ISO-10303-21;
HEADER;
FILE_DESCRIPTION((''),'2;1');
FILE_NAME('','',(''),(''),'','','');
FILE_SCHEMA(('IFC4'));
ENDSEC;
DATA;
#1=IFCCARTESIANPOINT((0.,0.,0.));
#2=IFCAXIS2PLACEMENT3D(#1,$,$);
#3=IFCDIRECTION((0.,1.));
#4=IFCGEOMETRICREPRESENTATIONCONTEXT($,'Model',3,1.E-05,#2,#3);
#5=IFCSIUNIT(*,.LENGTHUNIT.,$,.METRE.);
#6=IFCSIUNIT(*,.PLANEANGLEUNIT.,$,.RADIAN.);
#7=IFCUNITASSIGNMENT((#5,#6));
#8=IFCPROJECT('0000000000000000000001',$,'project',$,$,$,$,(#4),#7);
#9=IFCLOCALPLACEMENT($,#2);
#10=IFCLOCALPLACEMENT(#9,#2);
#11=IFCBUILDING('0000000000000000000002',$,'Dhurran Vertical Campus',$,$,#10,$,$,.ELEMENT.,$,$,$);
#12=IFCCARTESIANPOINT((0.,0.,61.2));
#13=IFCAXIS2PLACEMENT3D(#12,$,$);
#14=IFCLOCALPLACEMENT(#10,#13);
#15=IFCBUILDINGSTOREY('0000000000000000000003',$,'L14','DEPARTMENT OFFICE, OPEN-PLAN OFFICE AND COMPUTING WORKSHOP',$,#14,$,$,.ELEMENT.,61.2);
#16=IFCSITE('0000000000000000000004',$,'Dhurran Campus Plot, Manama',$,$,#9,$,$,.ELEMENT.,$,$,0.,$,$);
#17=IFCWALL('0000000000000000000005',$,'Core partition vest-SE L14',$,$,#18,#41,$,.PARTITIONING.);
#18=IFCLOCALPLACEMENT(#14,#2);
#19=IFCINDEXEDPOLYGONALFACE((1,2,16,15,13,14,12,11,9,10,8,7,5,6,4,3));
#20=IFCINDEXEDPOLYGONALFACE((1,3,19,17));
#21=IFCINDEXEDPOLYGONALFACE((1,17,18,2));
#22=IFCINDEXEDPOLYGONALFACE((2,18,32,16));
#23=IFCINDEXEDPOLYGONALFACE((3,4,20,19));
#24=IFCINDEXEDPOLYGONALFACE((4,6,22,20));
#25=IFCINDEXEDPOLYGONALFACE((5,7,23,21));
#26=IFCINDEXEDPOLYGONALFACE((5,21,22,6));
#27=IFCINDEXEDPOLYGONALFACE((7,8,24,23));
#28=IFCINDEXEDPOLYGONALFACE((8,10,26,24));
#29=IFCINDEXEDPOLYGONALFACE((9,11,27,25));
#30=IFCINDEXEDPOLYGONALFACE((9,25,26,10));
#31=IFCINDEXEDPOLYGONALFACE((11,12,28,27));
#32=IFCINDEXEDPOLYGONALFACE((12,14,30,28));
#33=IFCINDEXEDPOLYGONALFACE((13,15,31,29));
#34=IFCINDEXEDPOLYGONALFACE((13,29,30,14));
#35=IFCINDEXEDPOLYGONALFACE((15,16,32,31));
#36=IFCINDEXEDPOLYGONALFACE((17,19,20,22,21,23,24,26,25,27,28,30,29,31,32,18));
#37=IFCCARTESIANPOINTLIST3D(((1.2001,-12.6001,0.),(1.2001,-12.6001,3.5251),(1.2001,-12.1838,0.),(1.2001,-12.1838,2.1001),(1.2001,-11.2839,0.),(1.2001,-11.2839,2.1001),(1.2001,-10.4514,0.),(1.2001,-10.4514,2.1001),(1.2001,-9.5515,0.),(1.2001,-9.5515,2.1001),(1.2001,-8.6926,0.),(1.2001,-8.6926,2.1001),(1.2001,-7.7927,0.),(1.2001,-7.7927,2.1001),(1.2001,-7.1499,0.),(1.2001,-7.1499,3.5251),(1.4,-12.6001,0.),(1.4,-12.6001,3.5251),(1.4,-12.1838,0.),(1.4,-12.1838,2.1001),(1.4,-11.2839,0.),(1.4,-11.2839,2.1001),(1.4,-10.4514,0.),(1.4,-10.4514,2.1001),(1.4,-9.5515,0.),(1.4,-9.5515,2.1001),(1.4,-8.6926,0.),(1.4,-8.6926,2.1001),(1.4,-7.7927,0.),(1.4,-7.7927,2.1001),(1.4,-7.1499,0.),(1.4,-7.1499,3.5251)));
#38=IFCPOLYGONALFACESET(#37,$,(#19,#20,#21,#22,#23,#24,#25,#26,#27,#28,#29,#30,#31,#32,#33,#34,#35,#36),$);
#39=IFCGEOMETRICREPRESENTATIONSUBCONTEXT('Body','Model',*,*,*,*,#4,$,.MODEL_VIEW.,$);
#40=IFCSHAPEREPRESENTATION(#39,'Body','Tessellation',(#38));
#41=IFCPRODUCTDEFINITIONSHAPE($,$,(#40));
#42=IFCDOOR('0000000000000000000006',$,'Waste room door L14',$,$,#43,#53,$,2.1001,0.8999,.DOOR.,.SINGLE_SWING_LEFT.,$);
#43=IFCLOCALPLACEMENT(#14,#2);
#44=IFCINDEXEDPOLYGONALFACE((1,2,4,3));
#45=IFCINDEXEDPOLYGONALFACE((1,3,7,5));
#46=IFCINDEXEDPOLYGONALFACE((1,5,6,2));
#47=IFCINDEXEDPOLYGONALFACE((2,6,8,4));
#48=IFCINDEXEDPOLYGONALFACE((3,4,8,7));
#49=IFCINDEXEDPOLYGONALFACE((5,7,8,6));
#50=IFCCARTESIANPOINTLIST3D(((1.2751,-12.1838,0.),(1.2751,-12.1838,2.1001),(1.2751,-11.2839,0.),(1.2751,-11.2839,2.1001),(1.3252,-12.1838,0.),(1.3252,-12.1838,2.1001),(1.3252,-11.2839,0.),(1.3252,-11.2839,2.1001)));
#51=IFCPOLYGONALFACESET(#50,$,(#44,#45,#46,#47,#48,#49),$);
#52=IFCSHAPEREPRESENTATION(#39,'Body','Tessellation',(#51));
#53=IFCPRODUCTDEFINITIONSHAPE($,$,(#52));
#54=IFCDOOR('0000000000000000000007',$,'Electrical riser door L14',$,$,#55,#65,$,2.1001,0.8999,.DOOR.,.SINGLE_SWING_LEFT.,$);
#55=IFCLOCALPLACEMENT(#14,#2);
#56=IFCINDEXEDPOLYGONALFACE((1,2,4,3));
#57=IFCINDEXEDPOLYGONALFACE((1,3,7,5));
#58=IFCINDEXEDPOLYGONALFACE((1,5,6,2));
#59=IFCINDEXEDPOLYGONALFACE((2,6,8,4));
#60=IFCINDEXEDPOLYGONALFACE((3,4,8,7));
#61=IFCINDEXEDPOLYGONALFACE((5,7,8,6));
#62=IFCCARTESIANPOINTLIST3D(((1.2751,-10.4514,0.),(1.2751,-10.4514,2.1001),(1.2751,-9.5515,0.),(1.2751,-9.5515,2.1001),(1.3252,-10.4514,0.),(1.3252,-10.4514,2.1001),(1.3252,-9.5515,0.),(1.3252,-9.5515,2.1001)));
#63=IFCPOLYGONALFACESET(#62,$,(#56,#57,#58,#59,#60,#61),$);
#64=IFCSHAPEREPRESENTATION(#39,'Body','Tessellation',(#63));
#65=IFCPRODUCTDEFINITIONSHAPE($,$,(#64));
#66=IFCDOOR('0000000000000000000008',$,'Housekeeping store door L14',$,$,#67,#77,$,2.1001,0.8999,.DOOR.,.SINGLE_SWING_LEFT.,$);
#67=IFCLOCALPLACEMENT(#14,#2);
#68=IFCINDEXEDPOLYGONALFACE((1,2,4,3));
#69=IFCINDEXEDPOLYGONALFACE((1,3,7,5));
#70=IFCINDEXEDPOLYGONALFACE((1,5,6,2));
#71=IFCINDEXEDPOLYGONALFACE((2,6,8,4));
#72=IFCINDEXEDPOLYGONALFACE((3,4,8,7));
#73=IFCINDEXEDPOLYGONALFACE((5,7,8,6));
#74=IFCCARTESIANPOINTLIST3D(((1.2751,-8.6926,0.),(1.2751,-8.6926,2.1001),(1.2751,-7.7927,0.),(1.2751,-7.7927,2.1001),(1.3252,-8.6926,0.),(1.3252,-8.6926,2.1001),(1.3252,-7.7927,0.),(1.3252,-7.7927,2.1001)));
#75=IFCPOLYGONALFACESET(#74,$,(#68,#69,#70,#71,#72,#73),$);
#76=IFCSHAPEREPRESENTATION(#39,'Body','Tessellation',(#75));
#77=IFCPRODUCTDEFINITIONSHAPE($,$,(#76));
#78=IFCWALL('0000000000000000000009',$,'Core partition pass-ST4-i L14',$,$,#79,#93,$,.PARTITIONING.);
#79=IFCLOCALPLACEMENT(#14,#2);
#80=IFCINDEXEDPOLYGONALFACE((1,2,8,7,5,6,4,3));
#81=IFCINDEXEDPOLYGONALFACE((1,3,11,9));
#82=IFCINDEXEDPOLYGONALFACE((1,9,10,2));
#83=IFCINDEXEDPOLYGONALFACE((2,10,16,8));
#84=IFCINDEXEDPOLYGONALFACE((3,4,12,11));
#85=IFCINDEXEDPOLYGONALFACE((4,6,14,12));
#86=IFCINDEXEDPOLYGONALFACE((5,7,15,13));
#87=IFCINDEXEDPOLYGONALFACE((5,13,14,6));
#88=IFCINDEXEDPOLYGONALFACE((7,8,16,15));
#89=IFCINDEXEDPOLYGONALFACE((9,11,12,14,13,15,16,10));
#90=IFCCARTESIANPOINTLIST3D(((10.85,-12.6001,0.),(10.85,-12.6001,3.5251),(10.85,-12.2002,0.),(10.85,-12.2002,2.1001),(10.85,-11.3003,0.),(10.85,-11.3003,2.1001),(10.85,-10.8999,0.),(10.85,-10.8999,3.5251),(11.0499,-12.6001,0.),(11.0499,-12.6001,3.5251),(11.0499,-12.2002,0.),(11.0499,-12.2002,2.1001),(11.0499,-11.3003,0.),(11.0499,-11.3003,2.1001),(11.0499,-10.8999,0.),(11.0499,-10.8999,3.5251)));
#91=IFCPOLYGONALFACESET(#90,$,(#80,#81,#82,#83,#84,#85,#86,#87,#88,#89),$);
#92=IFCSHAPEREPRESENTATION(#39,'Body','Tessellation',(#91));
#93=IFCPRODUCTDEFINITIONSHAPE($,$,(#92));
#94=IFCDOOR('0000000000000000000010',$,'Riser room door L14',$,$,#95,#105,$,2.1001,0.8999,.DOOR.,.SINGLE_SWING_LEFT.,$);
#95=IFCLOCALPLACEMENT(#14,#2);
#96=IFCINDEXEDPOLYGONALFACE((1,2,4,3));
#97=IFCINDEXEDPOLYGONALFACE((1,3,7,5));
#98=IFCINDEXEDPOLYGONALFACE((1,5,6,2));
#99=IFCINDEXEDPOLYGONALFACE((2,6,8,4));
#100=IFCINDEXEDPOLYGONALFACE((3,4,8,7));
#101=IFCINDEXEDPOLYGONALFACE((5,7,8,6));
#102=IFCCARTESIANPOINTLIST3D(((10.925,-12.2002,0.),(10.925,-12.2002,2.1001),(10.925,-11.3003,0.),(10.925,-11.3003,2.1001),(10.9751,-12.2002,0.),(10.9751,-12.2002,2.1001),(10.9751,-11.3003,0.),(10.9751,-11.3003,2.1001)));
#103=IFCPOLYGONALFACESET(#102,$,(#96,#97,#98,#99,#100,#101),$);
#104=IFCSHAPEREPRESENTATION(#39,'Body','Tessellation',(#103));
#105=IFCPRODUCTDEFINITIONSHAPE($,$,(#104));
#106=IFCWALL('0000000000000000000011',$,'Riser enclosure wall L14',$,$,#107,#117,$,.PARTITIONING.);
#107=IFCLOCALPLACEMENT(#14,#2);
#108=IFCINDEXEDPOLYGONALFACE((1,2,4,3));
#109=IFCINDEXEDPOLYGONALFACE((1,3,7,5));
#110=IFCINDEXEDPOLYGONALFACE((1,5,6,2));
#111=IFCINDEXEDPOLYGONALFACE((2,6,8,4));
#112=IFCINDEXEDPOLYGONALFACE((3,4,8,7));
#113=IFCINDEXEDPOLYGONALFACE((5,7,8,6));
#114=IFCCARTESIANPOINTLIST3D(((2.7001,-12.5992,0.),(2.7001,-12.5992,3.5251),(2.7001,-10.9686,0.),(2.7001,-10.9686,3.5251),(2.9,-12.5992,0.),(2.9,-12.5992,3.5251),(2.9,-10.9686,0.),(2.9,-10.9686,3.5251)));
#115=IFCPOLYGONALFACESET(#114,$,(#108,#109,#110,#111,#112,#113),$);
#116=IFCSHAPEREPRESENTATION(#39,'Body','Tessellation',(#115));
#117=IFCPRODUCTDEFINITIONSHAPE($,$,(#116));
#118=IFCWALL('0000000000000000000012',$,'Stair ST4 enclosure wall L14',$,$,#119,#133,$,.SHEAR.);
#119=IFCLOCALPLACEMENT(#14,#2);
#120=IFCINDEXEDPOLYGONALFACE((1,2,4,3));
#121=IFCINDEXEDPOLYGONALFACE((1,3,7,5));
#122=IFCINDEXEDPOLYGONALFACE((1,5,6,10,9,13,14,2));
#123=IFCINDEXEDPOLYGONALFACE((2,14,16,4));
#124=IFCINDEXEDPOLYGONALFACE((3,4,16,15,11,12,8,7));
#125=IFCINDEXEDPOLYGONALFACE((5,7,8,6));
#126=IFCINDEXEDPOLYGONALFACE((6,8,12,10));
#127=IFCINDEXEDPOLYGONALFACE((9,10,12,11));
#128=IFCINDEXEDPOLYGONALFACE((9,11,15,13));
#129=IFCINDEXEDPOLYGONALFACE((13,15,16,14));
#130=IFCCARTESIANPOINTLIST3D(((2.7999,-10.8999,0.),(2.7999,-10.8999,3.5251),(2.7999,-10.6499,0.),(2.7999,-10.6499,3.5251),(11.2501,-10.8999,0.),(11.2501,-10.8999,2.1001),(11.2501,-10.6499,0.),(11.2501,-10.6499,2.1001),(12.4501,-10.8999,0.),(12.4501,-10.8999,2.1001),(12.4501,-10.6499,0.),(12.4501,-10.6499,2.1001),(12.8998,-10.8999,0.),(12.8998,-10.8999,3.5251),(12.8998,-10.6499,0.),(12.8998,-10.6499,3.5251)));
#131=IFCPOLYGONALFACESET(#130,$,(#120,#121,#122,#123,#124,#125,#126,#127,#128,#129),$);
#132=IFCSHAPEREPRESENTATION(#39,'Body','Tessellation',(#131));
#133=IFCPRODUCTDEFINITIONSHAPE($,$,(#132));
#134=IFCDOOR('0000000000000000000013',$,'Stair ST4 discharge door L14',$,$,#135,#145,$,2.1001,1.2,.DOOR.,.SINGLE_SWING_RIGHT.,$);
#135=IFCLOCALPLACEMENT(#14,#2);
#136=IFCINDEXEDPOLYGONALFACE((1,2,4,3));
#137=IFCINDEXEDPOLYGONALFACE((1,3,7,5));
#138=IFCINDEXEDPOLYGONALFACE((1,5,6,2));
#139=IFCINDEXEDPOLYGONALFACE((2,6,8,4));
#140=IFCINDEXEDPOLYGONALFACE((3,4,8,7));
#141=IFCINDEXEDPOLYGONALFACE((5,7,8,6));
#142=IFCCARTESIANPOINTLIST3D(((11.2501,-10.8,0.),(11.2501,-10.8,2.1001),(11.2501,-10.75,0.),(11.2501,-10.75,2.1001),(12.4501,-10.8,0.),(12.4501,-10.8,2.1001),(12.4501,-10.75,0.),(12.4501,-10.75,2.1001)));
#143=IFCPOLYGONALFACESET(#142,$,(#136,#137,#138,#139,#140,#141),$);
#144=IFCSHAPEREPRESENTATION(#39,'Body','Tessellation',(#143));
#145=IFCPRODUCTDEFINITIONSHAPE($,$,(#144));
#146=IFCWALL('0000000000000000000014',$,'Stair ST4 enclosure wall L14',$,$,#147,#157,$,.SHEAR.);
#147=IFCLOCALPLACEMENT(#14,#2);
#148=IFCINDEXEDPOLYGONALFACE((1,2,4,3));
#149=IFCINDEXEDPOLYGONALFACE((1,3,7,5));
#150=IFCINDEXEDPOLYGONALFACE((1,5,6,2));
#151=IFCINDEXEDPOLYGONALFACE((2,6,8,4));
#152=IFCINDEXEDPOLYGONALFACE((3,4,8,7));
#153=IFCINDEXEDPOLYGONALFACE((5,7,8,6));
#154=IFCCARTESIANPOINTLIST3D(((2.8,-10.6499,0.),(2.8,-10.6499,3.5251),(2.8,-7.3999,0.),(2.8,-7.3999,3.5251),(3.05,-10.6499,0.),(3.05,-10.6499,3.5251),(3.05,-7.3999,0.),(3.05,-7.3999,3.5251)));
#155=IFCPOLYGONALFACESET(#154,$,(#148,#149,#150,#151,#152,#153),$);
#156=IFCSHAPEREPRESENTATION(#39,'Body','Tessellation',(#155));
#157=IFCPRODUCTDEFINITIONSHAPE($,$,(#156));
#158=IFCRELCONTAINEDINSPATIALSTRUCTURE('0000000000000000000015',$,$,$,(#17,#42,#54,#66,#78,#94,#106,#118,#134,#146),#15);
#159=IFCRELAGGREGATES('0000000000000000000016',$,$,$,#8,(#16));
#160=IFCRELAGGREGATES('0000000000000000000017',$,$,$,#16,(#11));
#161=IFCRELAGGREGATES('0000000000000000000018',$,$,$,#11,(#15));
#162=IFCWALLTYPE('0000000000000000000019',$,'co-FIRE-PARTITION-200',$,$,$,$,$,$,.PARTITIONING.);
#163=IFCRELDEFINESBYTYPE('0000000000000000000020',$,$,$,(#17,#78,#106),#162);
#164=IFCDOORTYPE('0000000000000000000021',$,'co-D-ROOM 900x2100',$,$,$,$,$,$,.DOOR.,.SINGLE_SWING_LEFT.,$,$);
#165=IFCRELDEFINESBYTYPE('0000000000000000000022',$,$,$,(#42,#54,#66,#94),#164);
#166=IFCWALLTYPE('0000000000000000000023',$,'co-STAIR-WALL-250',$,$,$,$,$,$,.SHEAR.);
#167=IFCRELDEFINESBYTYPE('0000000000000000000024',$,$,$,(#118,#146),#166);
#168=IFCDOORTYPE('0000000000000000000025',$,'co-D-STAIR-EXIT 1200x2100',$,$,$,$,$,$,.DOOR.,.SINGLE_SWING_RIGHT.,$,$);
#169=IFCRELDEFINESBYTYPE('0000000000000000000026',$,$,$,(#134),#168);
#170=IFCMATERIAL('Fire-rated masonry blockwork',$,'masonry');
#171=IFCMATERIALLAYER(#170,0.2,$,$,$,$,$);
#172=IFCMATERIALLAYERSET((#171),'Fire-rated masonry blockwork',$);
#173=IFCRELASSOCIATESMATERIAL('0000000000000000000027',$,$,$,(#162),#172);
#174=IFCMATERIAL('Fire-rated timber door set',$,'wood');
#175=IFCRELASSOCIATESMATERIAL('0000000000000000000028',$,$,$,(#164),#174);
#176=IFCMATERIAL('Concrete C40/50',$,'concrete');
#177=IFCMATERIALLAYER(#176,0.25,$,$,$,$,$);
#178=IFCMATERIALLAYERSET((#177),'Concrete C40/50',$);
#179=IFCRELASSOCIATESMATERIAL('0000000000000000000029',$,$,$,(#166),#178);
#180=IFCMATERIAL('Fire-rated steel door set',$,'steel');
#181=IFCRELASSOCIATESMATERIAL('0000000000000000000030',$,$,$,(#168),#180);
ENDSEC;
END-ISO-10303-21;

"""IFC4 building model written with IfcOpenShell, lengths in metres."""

from ifc_helpers import new_model, si_unit, direction, frame, frame_2d, origin, place, context, subcontext, project, spatial, rectangle, extrude, material, layer, layer_set, type_object, element, fill, save


model = new_model("IFC4")

# Units and contexts
model_context = context("Model", 3, precision=1e-05, world=origin(), true_north=direction((0.0, 1.0)))
body_context = subcontext(model_context, "Body", "Model", "MODEL_VIEW")
ifc_project = project(units=[si_unit("LENGTHUNIT", "METRE"), si_unit("PLANEANGLEUNIT", "RADIAN")], contexts=[model_context])

# Site, building, storey
site_placement = place(None, origin())
site = spatial("IfcSite", under=ifc_project, at=site_placement, Name="Dhurran Campus Plot, Manama", CompositionType="ELEMENT", RefElevation=0.0)
building_placement = place(site_placement, origin())
building = spatial("IfcBuilding", under=site, at=building_placement, Name="Dhurran Vertical Campus", CompositionType="ELEMENT")
storey_placement = place(building_placement, frame((0.0, 0.0, 61.2)))
storey = spatial("IfcBuildingStorey", under=building, at=storey_placement, Name="L14", Description="DEPARTMENT OFFICE, OPEN-PLAN OFFICE AND COMPUTING WORKSHOP", CompositionType="ELEMENT", Elevation=61.2)

# Shared definitions
ifc_material_1 = material(Name="Fire-rated masonry blockwork", Category="masonry")
ifc_layer_1 = layer(ifc_material_1, 0.2)
ifc_layer_set_1 = layer_set([ifc_layer_1], Name="Fire-rated masonry blockwork")
wall_type_1 = type_object("IfcWallType", Name="co-FIRE-PARTITION-200", PredefinedType="PARTITIONING", material=ifc_layer_set_1)

# Wall, openings, doors
wall_1_placement = place(storey_placement, frame((1.3, -12.6001, 0.0), z_axis=(0.0, 0.0, 1.0), x_axis=(0.0, 1.0, 0.0)))
wall_1 = element("IfcWall", 1, at=wall_1_placement, inside=storey, type_object=wall_type_1, Name="Core partition vest-SE L14", PredefinedType="PARTITIONING", context=body_context, shape_type="SweptSolid", body=[
    extrude(rectangle(XDim=5.4502, YDim=0.2, at=frame_2d((2.7251, 0.0))), origin(), (0.0, 0.0, 1.0), 3.5251),
])
opening_1_placement = place(wall_1_placement, frame((0.4163, 0.0, 0.0)))
opening_1 = element("IfcOpeningElement", 2, at=opening_1_placement, cuts=wall_1, PredefinedType="OPENING", context=body_context, shape_type="SweptSolid", body=[
    extrude(rectangle(XDim=0.8999, YDim=2.1001, at=frame_2d((0.45, 1.05))), frame((0.0, 0.1099, 0.0), z_axis=(0.0, -1.0, 0.0), x_axis=(1.0, 0.0, 0.0)), (0.0, 0.0, 1.0), 0.22),
])
opening_2_placement = place(wall_1_placement, frame((2.1487, 0.0, 0.0)))
opening_2 = element("IfcOpeningElement", 3, at=opening_2_placement, cuts=wall_1, PredefinedType="OPENING", context=body_context, shape_type="SweptSolid", body=[
    extrude(rectangle(XDim=0.8999, YDim=2.1001, at=frame_2d((0.45, 1.05))), frame((0.0, 0.1099, 0.0), z_axis=(0.0, -1.0, 0.0), x_axis=(1.0, 0.0, 0.0)), (0.0, 0.0, 1.0), 0.22),
])
opening_3_placement = place(wall_1_placement, frame((3.9075, 0.0, 0.0)))
opening_3 = element("IfcOpeningElement", 4, at=opening_3_placement, cuts=wall_1, PredefinedType="OPENING", context=body_context, shape_type="SweptSolid", body=[
    extrude(rectangle(XDim=0.8999, YDim=2.1001, at=frame_2d((0.45, 1.05))), frame((0.0, 0.1099, 0.0), z_axis=(0.0, -1.0, 0.0), x_axis=(1.0, 0.0, 0.0)), (0.0, 0.0, 1.0), 0.22),
])
ifc_material_2 = material(Name="Fire-rated timber door set", Category="wood")
door_type_1 = type_object("IfcDoorType", Name="co-D-ROOM 900x2100", OperationType="SINGLE_SWING_LEFT", PredefinedType="DOOR", material=ifc_material_2)
door_1_placement = place(opening_1_placement, origin())
door_1 = element("IfcDoor", 5, at=door_1_placement, inside=storey, type_object=door_type_1, Name="Waste room door L14", OperationType="SINGLE_SWING_LEFT", OverallHeight=2.1001, OverallWidth=0.8999, PredefinedType="DOOR", context=body_context, shape_type="SweptSolid", body=[
    extrude(rectangle(XDim=0.8999, YDim=2.1001, at=frame_2d((0.45, 1.05))), frame((0.0, 0.0249, 0.0), z_axis=(0.0, -1.0, 0.0), x_axis=(1.0, 0.0, 0.0)), (0.0, 0.0, 1.0), 0.05),
])
fill(opening_1, door_1)
door_2_placement = place(opening_2_placement, origin())
door_2 = element("IfcDoor", 6, at=door_2_placement, inside=storey, type_object=door_type_1, Name="Electrical riser door L14", OperationType="SINGLE_SWING_LEFT", OverallHeight=2.1001, OverallWidth=0.8999, PredefinedType="DOOR", context=body_context, shape_type="SweptSolid", body=[
    extrude(rectangle(XDim=0.8999, YDim=2.1001, at=frame_2d((0.45, 1.05))), frame((0.0, 0.0249, 0.0), z_axis=(0.0, -1.0, 0.0), x_axis=(1.0, 0.0, 0.0)), (0.0, 0.0, 1.0), 0.05),
])
fill(opening_2, door_2)
door_3_placement = place(opening_3_placement, origin())
door_3 = element("IfcDoor", 7, at=door_3_placement, inside=storey, type_object=door_type_1, Name="Housekeeping store door L14", OperationType="SINGLE_SWING_LEFT", OverallHeight=2.1001, OverallWidth=0.8999, PredefinedType="DOOR", context=body_context, shape_type="SweptSolid", body=[
    extrude(rectangle(XDim=0.8999, YDim=2.1001, at=frame_2d((0.45, 1.05))), frame((0.0, 0.0249, 0.0), z_axis=(0.0, -1.0, 0.0), x_axis=(1.0, 0.0, 0.0)), (0.0, 0.0, 1.0), 0.05),
])
fill(opening_3, door_3)

# Wall, opening, door
wall_2_placement = place(storey_placement, frame((10.95, -12.6001, 0.0), z_axis=(0.0, 0.0, 1.0), x_axis=(0.0, 1.0, 0.0)))
wall_2 = element("IfcWall", 8, at=wall_2_placement, inside=storey, type_object=wall_type_1, Name="Core partition pass-ST4-i L14", PredefinedType="PARTITIONING", context=body_context, shape_type="SweptSolid", body=[
    extrude(rectangle(XDim=1.7002, YDim=0.2, at=frame_2d((0.8501, 0.0))), origin(), (0.0, 0.0, 1.0), 3.5251),
])
opening_4_placement = place(wall_2_placement, frame((0.3999, 0.0, 0.0)))
opening_4 = element("IfcOpeningElement", 9, at=opening_4_placement, cuts=wall_2, PredefinedType="OPENING", context=body_context, shape_type="SweptSolid", body=[
    extrude(rectangle(XDim=0.8999, YDim=2.1001, at=frame_2d((0.45, 1.05))), frame((0.0, 0.1099, 0.0), z_axis=(0.0, -1.0, 0.0), x_axis=(1.0, 0.0, 0.0)), (0.0, 0.0, 1.0), 0.22),
])
door_4_placement = place(opening_4_placement, origin())
door_4 = element("IfcDoor", 10, at=door_4_placement, inside=storey, type_object=door_type_1, Name="Riser room door L14", OperationType="SINGLE_SWING_LEFT", OverallHeight=2.1001, OverallWidth=0.8999, PredefinedType="DOOR", context=body_context, shape_type="SweptSolid", body=[
    extrude(rectangle(XDim=0.8999, YDim=2.1001, at=frame_2d((0.45, 1.05))), frame((0.0, 0.0249, 0.0), z_axis=(0.0, -1.0, 0.0), x_axis=(1.0, 0.0, 0.0)), (0.0, 0.0, 1.0), 0.05),
])
fill(opening_4, door_4)

# Wall
wall_3_placement = place(storey_placement, frame((2.8, -10.9685, 0.0), z_axis=(0.0, 0.0, 1.0), x_axis=(0.0, -1.0, 0.0)))
element("IfcWall", 11, at=wall_3_placement, inside=storey, type_object=wall_type_1, Name="Riser enclosure wall L14", PredefinedType="PARTITIONING", context=body_context, shape_type="SweptSolid", body=[
    extrude(rectangle(XDim=1.6306, YDim=0.2, at=frame_2d((0.8154, 0.0))), origin(), (0.0, 0.0, 1.0), 3.5251),
])

# Wall, opening, door
ifc_material_3 = material(Name="Concrete C40/50", Category="concrete")
ifc_layer_2 = layer(ifc_material_3, 0.25)
ifc_layer_set_2 = layer_set([ifc_layer_2], Name="Concrete C40/50")
wall_type_2 = type_object("IfcWallType", Name="co-STAIR-WALL-250", PredefinedType="SHEAR", material=ifc_layer_set_2)
wall_4_placement = place(storey_placement, frame((2.8, -10.7749, 0.0), z_axis=(0.0, 0.0, 1.0), x_axis=(1.0, 0.0, 0.0)))
wall_4 = element("IfcWall", 12, at=wall_4_placement, inside=storey, type_object=wall_type_2, Name="Stair ST4 enclosure wall L14", PredefinedType="SHEAR", context=body_context, shape_type="SweptSolid", body=[
    extrude(rectangle(XDim=10.0999, YDim=0.25, at=frame_2d((5.0498, 0.0))), origin(), (0.0, 0.0, 1.0), 3.5251),
])
opening_5_placement = place(wall_4_placement, frame((8.45, 0.0, 0.0)))
opening_5 = element("IfcOpeningElement", 13, at=opening_5_placement, cuts=wall_4, PredefinedType="OPENING", context=body_context, shape_type="SweptSolid", body=[
    extrude(rectangle(XDim=1.2, YDim=2.1001, at=frame_2d((0.6001, 1.05))), frame((0.0, 0.135, 0.0), z_axis=(0.0, -1.0, 0.0), x_axis=(1.0, 0.0, 0.0)), (0.0, 0.0, 1.0), 0.27),
])
ifc_material_4 = material(Name="Fire-rated steel door set", Category="steel")
door_type_2 = type_object("IfcDoorType", Name="co-D-STAIR-EXIT 1200x2100", OperationType="SINGLE_SWING_RIGHT", PredefinedType="DOOR", material=ifc_material_4)
door_5_placement = place(opening_5_placement, origin())
door_5 = element("IfcDoor", 14, at=door_5_placement, inside=storey, type_object=door_type_2, Name="Stair ST4 discharge door L14", OperationType="SINGLE_SWING_RIGHT", OverallHeight=2.1001, OverallWidth=1.2, PredefinedType="DOOR", context=body_context, shape_type="SweptSolid", body=[
    extrude(rectangle(XDim=1.2, YDim=2.1001, at=frame_2d((0.6001, 1.05))), frame((0.0, 0.0249, 0.0), z_axis=(0.0, -1.0, 0.0), x_axis=(1.0, 0.0, 0.0)), (0.0, 0.0, 1.0), 0.05),
])
fill(opening_5, door_5)

# Wall
wall_5_placement = place(storey_placement, frame((2.925, -10.6499, 0.0), z_axis=(0.0, 0.0, 1.0), x_axis=(0.0, 1.0, 0.0)))
element("IfcWall", 15, at=wall_5_placement, inside=storey, type_object=wall_type_2, Name="Stair ST4 enclosure wall L14", PredefinedType="SHEAR", context=body_context, shape_type="SweptSolid", body=[
    extrude(rectangle(XDim=3.25, YDim=0.25, at=frame_2d((1.625, 0.0))), origin(), (0.0, 0.0, 1.0), 3.5251),
])

save(model, "model.ifc")
